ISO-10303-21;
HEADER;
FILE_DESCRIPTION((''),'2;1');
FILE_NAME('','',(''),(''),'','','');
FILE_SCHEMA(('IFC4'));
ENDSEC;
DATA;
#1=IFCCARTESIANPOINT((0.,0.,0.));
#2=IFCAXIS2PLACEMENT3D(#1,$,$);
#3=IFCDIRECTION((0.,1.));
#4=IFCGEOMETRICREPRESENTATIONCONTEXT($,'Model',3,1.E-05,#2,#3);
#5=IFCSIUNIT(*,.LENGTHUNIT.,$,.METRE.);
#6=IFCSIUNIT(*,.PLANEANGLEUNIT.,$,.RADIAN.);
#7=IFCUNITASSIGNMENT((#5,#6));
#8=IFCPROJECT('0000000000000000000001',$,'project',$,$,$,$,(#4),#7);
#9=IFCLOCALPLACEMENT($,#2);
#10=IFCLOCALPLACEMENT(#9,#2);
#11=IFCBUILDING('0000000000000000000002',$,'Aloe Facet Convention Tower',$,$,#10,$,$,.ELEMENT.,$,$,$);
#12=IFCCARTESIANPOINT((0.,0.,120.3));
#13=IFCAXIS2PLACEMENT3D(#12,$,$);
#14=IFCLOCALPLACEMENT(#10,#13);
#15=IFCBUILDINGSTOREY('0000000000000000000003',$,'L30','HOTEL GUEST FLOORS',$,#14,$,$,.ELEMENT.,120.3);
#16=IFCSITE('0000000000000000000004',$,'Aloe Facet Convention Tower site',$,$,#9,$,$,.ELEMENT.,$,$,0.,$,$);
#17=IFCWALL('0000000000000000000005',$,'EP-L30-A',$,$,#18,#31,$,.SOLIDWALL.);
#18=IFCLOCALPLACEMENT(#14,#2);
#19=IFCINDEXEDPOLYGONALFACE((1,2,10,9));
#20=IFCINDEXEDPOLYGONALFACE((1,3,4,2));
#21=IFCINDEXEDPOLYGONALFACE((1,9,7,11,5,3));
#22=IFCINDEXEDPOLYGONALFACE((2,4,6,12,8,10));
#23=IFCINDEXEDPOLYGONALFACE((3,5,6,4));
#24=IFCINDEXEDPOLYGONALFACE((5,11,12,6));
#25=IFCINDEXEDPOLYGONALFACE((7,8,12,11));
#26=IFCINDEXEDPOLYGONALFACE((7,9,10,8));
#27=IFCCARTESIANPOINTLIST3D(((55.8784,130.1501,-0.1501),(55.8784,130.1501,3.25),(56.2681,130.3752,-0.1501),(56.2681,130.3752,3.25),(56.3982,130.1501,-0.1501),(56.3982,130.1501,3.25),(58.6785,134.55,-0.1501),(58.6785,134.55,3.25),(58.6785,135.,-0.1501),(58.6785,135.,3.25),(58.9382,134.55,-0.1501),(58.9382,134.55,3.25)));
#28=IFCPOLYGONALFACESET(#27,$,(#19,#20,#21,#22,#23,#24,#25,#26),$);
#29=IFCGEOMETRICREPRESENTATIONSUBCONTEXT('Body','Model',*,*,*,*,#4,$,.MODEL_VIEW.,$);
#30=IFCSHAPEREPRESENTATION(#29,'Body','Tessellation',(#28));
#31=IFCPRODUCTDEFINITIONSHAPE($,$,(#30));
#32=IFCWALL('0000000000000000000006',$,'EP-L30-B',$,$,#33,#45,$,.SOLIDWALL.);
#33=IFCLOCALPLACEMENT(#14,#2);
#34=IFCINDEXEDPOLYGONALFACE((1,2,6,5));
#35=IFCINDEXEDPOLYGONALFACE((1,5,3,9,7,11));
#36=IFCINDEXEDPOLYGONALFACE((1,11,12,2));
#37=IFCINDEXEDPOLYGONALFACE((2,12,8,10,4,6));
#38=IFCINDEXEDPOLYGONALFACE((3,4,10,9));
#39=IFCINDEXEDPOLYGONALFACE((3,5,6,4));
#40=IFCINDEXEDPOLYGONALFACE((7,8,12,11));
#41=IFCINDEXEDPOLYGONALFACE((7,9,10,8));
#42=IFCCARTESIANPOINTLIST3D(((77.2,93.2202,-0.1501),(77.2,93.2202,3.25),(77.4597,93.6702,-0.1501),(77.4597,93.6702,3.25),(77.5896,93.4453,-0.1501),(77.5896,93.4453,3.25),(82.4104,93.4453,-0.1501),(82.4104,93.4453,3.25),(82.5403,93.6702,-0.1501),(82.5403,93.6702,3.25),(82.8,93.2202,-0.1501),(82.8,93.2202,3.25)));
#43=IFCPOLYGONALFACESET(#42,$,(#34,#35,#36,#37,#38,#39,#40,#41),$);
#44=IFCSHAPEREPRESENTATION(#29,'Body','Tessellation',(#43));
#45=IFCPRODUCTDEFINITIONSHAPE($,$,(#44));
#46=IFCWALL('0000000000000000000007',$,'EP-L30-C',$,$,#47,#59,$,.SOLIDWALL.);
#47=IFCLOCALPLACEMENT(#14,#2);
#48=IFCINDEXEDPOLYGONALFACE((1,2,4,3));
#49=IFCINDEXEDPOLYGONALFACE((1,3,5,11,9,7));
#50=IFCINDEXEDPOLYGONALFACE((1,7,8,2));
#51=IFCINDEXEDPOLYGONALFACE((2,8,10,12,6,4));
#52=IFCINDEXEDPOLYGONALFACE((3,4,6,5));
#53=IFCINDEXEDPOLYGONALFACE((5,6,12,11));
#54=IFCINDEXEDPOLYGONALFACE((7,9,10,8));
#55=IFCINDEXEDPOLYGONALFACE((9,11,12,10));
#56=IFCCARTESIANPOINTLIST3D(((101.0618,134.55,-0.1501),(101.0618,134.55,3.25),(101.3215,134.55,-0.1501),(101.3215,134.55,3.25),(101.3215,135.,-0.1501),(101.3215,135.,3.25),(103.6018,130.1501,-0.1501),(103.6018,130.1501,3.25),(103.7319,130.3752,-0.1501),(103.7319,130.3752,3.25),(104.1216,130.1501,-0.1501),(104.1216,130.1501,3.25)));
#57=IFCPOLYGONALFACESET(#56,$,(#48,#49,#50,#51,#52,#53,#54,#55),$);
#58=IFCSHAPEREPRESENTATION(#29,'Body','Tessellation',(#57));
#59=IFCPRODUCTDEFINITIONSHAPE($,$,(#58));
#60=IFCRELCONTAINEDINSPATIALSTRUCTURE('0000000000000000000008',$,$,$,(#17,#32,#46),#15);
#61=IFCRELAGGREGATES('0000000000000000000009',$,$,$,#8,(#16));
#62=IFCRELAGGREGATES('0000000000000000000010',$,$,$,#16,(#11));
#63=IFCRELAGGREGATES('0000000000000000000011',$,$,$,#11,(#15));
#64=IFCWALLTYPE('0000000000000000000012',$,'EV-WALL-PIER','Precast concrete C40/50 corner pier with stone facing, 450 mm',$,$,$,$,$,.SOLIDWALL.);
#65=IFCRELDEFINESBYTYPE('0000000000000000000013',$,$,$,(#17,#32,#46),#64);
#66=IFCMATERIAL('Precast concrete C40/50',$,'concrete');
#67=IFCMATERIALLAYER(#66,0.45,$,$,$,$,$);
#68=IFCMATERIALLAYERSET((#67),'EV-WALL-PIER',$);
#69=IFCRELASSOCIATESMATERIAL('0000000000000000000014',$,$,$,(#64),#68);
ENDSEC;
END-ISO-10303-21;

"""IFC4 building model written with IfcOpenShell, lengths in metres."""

from ifc_helpers import new_model, si_unit, direction, frame, origin, place, context, subcontext, project, spatial, polyline, outline, extrude, material, layer, layer_set, type_object, element, save


model = new_model("IFC4")

# Units and contexts
model_context = context("Model", 3, precision=1e-05, world=origin(), true_north=direction((0.0, 1.0)))
body_context = subcontext(model_context, "Body", "Model", "MODEL_VIEW")
ifc_project = project(units=[si_unit("LENGTHUNIT", "METRE"), si_unit("PLANEANGLEUNIT", "RADIAN")], contexts=[model_context])

# Site, building, storey
site_placement = place(None, origin())
site = spatial("IfcSite", under=ifc_project, at=site_placement, Name="Aloe Facet Convention Tower site", CompositionType="ELEMENT", RefElevation=0.0)
building_placement = place(site_placement, origin())
building = spatial("IfcBuilding", under=site, at=building_placement, Name="Aloe Facet Convention Tower", CompositionType="ELEMENT")
storey_placement = place(building_placement, frame((0.0, 0.0, 120.3)))
storey = spatial("IfcBuildingStorey", under=building, at=storey_placement, Name="L30", Description="HOTEL GUEST FLOORS", CompositionType="ELEMENT", Elevation=120.3)

# Walls
ifc_material_1 = material(Name="Precast concrete C40/50", Category="concrete")
ifc_layer_1 = layer(ifc_material_1, 0.45)
ifc_layer_set_1 = layer_set([ifc_layer_1], Name="EV-WALL-PIER")
wall_type = type_object("IfcWallType", Name="EV-WALL-PIER", Description="Precast concrete C40/50 corner pier with stone facing, 450 mm", PredefinedType="SOLIDWALL", material=ifc_layer_set_1)
wall_1_placement = place(storey_placement, frame((0.0, 0.0, -0.1501)))
element("IfcWall", 1, at=wall_1_placement, inside=storey, type_object=wall_type, Name="EP-L30-A", PredefinedType="SOLIDWALL", context=body_context, shape_type="SweptSolid", body=[
    extrude(outline(polyline([(58.6785, 135.0), (58.6785, 134.55), (58.9382, 134.55), (56.3982, 130.1501), (56.2681, 130.3752), (55.8784, 130.1501), (58.6785, 135.0)])), origin(), (0.0, 0.0, 1.0), 3.4001),
])
wall_2_placement = place(storey_placement, frame((0.0, 0.0, -0.1501)))
element("IfcWall", 2, at=wall_2_placement, inside=storey, type_object=wall_type, Name="EP-L30-B", PredefinedType="SOLIDWALL", context=body_context, shape_type="SweptSolid", body=[
    extrude(outline(polyline([(77.2, 93.2202), (77.5896, 93.4453), (77.4597, 93.6702), (82.5403, 93.6702), (82.4104, 93.4453), (82.8, 93.2202), (77.2, 93.2202)])), origin(), (0.0, 0.0, 1.0), 3.4001),
])
wall_3_placement = place(storey_placement, frame((0.0, 0.0, -0.1501)))
element("IfcWall", 3, at=wall_3_placement, inside=storey, type_object=wall_type, Name="EP-L30-C", PredefinedType="SOLIDWALL", context=body_context, shape_type="SweptSolid", body=[
    extrude(outline(polyline([(104.1216, 130.1501), (103.7319, 130.3752), (103.6018, 130.1501), (101.0618, 134.55), (101.3215, 134.55), (101.3215, 135.0), (104.1216, 130.1501)])), origin(), (0.0, 0.0, 1.0), 3.4001),
])

save(model, "model.ifc")
